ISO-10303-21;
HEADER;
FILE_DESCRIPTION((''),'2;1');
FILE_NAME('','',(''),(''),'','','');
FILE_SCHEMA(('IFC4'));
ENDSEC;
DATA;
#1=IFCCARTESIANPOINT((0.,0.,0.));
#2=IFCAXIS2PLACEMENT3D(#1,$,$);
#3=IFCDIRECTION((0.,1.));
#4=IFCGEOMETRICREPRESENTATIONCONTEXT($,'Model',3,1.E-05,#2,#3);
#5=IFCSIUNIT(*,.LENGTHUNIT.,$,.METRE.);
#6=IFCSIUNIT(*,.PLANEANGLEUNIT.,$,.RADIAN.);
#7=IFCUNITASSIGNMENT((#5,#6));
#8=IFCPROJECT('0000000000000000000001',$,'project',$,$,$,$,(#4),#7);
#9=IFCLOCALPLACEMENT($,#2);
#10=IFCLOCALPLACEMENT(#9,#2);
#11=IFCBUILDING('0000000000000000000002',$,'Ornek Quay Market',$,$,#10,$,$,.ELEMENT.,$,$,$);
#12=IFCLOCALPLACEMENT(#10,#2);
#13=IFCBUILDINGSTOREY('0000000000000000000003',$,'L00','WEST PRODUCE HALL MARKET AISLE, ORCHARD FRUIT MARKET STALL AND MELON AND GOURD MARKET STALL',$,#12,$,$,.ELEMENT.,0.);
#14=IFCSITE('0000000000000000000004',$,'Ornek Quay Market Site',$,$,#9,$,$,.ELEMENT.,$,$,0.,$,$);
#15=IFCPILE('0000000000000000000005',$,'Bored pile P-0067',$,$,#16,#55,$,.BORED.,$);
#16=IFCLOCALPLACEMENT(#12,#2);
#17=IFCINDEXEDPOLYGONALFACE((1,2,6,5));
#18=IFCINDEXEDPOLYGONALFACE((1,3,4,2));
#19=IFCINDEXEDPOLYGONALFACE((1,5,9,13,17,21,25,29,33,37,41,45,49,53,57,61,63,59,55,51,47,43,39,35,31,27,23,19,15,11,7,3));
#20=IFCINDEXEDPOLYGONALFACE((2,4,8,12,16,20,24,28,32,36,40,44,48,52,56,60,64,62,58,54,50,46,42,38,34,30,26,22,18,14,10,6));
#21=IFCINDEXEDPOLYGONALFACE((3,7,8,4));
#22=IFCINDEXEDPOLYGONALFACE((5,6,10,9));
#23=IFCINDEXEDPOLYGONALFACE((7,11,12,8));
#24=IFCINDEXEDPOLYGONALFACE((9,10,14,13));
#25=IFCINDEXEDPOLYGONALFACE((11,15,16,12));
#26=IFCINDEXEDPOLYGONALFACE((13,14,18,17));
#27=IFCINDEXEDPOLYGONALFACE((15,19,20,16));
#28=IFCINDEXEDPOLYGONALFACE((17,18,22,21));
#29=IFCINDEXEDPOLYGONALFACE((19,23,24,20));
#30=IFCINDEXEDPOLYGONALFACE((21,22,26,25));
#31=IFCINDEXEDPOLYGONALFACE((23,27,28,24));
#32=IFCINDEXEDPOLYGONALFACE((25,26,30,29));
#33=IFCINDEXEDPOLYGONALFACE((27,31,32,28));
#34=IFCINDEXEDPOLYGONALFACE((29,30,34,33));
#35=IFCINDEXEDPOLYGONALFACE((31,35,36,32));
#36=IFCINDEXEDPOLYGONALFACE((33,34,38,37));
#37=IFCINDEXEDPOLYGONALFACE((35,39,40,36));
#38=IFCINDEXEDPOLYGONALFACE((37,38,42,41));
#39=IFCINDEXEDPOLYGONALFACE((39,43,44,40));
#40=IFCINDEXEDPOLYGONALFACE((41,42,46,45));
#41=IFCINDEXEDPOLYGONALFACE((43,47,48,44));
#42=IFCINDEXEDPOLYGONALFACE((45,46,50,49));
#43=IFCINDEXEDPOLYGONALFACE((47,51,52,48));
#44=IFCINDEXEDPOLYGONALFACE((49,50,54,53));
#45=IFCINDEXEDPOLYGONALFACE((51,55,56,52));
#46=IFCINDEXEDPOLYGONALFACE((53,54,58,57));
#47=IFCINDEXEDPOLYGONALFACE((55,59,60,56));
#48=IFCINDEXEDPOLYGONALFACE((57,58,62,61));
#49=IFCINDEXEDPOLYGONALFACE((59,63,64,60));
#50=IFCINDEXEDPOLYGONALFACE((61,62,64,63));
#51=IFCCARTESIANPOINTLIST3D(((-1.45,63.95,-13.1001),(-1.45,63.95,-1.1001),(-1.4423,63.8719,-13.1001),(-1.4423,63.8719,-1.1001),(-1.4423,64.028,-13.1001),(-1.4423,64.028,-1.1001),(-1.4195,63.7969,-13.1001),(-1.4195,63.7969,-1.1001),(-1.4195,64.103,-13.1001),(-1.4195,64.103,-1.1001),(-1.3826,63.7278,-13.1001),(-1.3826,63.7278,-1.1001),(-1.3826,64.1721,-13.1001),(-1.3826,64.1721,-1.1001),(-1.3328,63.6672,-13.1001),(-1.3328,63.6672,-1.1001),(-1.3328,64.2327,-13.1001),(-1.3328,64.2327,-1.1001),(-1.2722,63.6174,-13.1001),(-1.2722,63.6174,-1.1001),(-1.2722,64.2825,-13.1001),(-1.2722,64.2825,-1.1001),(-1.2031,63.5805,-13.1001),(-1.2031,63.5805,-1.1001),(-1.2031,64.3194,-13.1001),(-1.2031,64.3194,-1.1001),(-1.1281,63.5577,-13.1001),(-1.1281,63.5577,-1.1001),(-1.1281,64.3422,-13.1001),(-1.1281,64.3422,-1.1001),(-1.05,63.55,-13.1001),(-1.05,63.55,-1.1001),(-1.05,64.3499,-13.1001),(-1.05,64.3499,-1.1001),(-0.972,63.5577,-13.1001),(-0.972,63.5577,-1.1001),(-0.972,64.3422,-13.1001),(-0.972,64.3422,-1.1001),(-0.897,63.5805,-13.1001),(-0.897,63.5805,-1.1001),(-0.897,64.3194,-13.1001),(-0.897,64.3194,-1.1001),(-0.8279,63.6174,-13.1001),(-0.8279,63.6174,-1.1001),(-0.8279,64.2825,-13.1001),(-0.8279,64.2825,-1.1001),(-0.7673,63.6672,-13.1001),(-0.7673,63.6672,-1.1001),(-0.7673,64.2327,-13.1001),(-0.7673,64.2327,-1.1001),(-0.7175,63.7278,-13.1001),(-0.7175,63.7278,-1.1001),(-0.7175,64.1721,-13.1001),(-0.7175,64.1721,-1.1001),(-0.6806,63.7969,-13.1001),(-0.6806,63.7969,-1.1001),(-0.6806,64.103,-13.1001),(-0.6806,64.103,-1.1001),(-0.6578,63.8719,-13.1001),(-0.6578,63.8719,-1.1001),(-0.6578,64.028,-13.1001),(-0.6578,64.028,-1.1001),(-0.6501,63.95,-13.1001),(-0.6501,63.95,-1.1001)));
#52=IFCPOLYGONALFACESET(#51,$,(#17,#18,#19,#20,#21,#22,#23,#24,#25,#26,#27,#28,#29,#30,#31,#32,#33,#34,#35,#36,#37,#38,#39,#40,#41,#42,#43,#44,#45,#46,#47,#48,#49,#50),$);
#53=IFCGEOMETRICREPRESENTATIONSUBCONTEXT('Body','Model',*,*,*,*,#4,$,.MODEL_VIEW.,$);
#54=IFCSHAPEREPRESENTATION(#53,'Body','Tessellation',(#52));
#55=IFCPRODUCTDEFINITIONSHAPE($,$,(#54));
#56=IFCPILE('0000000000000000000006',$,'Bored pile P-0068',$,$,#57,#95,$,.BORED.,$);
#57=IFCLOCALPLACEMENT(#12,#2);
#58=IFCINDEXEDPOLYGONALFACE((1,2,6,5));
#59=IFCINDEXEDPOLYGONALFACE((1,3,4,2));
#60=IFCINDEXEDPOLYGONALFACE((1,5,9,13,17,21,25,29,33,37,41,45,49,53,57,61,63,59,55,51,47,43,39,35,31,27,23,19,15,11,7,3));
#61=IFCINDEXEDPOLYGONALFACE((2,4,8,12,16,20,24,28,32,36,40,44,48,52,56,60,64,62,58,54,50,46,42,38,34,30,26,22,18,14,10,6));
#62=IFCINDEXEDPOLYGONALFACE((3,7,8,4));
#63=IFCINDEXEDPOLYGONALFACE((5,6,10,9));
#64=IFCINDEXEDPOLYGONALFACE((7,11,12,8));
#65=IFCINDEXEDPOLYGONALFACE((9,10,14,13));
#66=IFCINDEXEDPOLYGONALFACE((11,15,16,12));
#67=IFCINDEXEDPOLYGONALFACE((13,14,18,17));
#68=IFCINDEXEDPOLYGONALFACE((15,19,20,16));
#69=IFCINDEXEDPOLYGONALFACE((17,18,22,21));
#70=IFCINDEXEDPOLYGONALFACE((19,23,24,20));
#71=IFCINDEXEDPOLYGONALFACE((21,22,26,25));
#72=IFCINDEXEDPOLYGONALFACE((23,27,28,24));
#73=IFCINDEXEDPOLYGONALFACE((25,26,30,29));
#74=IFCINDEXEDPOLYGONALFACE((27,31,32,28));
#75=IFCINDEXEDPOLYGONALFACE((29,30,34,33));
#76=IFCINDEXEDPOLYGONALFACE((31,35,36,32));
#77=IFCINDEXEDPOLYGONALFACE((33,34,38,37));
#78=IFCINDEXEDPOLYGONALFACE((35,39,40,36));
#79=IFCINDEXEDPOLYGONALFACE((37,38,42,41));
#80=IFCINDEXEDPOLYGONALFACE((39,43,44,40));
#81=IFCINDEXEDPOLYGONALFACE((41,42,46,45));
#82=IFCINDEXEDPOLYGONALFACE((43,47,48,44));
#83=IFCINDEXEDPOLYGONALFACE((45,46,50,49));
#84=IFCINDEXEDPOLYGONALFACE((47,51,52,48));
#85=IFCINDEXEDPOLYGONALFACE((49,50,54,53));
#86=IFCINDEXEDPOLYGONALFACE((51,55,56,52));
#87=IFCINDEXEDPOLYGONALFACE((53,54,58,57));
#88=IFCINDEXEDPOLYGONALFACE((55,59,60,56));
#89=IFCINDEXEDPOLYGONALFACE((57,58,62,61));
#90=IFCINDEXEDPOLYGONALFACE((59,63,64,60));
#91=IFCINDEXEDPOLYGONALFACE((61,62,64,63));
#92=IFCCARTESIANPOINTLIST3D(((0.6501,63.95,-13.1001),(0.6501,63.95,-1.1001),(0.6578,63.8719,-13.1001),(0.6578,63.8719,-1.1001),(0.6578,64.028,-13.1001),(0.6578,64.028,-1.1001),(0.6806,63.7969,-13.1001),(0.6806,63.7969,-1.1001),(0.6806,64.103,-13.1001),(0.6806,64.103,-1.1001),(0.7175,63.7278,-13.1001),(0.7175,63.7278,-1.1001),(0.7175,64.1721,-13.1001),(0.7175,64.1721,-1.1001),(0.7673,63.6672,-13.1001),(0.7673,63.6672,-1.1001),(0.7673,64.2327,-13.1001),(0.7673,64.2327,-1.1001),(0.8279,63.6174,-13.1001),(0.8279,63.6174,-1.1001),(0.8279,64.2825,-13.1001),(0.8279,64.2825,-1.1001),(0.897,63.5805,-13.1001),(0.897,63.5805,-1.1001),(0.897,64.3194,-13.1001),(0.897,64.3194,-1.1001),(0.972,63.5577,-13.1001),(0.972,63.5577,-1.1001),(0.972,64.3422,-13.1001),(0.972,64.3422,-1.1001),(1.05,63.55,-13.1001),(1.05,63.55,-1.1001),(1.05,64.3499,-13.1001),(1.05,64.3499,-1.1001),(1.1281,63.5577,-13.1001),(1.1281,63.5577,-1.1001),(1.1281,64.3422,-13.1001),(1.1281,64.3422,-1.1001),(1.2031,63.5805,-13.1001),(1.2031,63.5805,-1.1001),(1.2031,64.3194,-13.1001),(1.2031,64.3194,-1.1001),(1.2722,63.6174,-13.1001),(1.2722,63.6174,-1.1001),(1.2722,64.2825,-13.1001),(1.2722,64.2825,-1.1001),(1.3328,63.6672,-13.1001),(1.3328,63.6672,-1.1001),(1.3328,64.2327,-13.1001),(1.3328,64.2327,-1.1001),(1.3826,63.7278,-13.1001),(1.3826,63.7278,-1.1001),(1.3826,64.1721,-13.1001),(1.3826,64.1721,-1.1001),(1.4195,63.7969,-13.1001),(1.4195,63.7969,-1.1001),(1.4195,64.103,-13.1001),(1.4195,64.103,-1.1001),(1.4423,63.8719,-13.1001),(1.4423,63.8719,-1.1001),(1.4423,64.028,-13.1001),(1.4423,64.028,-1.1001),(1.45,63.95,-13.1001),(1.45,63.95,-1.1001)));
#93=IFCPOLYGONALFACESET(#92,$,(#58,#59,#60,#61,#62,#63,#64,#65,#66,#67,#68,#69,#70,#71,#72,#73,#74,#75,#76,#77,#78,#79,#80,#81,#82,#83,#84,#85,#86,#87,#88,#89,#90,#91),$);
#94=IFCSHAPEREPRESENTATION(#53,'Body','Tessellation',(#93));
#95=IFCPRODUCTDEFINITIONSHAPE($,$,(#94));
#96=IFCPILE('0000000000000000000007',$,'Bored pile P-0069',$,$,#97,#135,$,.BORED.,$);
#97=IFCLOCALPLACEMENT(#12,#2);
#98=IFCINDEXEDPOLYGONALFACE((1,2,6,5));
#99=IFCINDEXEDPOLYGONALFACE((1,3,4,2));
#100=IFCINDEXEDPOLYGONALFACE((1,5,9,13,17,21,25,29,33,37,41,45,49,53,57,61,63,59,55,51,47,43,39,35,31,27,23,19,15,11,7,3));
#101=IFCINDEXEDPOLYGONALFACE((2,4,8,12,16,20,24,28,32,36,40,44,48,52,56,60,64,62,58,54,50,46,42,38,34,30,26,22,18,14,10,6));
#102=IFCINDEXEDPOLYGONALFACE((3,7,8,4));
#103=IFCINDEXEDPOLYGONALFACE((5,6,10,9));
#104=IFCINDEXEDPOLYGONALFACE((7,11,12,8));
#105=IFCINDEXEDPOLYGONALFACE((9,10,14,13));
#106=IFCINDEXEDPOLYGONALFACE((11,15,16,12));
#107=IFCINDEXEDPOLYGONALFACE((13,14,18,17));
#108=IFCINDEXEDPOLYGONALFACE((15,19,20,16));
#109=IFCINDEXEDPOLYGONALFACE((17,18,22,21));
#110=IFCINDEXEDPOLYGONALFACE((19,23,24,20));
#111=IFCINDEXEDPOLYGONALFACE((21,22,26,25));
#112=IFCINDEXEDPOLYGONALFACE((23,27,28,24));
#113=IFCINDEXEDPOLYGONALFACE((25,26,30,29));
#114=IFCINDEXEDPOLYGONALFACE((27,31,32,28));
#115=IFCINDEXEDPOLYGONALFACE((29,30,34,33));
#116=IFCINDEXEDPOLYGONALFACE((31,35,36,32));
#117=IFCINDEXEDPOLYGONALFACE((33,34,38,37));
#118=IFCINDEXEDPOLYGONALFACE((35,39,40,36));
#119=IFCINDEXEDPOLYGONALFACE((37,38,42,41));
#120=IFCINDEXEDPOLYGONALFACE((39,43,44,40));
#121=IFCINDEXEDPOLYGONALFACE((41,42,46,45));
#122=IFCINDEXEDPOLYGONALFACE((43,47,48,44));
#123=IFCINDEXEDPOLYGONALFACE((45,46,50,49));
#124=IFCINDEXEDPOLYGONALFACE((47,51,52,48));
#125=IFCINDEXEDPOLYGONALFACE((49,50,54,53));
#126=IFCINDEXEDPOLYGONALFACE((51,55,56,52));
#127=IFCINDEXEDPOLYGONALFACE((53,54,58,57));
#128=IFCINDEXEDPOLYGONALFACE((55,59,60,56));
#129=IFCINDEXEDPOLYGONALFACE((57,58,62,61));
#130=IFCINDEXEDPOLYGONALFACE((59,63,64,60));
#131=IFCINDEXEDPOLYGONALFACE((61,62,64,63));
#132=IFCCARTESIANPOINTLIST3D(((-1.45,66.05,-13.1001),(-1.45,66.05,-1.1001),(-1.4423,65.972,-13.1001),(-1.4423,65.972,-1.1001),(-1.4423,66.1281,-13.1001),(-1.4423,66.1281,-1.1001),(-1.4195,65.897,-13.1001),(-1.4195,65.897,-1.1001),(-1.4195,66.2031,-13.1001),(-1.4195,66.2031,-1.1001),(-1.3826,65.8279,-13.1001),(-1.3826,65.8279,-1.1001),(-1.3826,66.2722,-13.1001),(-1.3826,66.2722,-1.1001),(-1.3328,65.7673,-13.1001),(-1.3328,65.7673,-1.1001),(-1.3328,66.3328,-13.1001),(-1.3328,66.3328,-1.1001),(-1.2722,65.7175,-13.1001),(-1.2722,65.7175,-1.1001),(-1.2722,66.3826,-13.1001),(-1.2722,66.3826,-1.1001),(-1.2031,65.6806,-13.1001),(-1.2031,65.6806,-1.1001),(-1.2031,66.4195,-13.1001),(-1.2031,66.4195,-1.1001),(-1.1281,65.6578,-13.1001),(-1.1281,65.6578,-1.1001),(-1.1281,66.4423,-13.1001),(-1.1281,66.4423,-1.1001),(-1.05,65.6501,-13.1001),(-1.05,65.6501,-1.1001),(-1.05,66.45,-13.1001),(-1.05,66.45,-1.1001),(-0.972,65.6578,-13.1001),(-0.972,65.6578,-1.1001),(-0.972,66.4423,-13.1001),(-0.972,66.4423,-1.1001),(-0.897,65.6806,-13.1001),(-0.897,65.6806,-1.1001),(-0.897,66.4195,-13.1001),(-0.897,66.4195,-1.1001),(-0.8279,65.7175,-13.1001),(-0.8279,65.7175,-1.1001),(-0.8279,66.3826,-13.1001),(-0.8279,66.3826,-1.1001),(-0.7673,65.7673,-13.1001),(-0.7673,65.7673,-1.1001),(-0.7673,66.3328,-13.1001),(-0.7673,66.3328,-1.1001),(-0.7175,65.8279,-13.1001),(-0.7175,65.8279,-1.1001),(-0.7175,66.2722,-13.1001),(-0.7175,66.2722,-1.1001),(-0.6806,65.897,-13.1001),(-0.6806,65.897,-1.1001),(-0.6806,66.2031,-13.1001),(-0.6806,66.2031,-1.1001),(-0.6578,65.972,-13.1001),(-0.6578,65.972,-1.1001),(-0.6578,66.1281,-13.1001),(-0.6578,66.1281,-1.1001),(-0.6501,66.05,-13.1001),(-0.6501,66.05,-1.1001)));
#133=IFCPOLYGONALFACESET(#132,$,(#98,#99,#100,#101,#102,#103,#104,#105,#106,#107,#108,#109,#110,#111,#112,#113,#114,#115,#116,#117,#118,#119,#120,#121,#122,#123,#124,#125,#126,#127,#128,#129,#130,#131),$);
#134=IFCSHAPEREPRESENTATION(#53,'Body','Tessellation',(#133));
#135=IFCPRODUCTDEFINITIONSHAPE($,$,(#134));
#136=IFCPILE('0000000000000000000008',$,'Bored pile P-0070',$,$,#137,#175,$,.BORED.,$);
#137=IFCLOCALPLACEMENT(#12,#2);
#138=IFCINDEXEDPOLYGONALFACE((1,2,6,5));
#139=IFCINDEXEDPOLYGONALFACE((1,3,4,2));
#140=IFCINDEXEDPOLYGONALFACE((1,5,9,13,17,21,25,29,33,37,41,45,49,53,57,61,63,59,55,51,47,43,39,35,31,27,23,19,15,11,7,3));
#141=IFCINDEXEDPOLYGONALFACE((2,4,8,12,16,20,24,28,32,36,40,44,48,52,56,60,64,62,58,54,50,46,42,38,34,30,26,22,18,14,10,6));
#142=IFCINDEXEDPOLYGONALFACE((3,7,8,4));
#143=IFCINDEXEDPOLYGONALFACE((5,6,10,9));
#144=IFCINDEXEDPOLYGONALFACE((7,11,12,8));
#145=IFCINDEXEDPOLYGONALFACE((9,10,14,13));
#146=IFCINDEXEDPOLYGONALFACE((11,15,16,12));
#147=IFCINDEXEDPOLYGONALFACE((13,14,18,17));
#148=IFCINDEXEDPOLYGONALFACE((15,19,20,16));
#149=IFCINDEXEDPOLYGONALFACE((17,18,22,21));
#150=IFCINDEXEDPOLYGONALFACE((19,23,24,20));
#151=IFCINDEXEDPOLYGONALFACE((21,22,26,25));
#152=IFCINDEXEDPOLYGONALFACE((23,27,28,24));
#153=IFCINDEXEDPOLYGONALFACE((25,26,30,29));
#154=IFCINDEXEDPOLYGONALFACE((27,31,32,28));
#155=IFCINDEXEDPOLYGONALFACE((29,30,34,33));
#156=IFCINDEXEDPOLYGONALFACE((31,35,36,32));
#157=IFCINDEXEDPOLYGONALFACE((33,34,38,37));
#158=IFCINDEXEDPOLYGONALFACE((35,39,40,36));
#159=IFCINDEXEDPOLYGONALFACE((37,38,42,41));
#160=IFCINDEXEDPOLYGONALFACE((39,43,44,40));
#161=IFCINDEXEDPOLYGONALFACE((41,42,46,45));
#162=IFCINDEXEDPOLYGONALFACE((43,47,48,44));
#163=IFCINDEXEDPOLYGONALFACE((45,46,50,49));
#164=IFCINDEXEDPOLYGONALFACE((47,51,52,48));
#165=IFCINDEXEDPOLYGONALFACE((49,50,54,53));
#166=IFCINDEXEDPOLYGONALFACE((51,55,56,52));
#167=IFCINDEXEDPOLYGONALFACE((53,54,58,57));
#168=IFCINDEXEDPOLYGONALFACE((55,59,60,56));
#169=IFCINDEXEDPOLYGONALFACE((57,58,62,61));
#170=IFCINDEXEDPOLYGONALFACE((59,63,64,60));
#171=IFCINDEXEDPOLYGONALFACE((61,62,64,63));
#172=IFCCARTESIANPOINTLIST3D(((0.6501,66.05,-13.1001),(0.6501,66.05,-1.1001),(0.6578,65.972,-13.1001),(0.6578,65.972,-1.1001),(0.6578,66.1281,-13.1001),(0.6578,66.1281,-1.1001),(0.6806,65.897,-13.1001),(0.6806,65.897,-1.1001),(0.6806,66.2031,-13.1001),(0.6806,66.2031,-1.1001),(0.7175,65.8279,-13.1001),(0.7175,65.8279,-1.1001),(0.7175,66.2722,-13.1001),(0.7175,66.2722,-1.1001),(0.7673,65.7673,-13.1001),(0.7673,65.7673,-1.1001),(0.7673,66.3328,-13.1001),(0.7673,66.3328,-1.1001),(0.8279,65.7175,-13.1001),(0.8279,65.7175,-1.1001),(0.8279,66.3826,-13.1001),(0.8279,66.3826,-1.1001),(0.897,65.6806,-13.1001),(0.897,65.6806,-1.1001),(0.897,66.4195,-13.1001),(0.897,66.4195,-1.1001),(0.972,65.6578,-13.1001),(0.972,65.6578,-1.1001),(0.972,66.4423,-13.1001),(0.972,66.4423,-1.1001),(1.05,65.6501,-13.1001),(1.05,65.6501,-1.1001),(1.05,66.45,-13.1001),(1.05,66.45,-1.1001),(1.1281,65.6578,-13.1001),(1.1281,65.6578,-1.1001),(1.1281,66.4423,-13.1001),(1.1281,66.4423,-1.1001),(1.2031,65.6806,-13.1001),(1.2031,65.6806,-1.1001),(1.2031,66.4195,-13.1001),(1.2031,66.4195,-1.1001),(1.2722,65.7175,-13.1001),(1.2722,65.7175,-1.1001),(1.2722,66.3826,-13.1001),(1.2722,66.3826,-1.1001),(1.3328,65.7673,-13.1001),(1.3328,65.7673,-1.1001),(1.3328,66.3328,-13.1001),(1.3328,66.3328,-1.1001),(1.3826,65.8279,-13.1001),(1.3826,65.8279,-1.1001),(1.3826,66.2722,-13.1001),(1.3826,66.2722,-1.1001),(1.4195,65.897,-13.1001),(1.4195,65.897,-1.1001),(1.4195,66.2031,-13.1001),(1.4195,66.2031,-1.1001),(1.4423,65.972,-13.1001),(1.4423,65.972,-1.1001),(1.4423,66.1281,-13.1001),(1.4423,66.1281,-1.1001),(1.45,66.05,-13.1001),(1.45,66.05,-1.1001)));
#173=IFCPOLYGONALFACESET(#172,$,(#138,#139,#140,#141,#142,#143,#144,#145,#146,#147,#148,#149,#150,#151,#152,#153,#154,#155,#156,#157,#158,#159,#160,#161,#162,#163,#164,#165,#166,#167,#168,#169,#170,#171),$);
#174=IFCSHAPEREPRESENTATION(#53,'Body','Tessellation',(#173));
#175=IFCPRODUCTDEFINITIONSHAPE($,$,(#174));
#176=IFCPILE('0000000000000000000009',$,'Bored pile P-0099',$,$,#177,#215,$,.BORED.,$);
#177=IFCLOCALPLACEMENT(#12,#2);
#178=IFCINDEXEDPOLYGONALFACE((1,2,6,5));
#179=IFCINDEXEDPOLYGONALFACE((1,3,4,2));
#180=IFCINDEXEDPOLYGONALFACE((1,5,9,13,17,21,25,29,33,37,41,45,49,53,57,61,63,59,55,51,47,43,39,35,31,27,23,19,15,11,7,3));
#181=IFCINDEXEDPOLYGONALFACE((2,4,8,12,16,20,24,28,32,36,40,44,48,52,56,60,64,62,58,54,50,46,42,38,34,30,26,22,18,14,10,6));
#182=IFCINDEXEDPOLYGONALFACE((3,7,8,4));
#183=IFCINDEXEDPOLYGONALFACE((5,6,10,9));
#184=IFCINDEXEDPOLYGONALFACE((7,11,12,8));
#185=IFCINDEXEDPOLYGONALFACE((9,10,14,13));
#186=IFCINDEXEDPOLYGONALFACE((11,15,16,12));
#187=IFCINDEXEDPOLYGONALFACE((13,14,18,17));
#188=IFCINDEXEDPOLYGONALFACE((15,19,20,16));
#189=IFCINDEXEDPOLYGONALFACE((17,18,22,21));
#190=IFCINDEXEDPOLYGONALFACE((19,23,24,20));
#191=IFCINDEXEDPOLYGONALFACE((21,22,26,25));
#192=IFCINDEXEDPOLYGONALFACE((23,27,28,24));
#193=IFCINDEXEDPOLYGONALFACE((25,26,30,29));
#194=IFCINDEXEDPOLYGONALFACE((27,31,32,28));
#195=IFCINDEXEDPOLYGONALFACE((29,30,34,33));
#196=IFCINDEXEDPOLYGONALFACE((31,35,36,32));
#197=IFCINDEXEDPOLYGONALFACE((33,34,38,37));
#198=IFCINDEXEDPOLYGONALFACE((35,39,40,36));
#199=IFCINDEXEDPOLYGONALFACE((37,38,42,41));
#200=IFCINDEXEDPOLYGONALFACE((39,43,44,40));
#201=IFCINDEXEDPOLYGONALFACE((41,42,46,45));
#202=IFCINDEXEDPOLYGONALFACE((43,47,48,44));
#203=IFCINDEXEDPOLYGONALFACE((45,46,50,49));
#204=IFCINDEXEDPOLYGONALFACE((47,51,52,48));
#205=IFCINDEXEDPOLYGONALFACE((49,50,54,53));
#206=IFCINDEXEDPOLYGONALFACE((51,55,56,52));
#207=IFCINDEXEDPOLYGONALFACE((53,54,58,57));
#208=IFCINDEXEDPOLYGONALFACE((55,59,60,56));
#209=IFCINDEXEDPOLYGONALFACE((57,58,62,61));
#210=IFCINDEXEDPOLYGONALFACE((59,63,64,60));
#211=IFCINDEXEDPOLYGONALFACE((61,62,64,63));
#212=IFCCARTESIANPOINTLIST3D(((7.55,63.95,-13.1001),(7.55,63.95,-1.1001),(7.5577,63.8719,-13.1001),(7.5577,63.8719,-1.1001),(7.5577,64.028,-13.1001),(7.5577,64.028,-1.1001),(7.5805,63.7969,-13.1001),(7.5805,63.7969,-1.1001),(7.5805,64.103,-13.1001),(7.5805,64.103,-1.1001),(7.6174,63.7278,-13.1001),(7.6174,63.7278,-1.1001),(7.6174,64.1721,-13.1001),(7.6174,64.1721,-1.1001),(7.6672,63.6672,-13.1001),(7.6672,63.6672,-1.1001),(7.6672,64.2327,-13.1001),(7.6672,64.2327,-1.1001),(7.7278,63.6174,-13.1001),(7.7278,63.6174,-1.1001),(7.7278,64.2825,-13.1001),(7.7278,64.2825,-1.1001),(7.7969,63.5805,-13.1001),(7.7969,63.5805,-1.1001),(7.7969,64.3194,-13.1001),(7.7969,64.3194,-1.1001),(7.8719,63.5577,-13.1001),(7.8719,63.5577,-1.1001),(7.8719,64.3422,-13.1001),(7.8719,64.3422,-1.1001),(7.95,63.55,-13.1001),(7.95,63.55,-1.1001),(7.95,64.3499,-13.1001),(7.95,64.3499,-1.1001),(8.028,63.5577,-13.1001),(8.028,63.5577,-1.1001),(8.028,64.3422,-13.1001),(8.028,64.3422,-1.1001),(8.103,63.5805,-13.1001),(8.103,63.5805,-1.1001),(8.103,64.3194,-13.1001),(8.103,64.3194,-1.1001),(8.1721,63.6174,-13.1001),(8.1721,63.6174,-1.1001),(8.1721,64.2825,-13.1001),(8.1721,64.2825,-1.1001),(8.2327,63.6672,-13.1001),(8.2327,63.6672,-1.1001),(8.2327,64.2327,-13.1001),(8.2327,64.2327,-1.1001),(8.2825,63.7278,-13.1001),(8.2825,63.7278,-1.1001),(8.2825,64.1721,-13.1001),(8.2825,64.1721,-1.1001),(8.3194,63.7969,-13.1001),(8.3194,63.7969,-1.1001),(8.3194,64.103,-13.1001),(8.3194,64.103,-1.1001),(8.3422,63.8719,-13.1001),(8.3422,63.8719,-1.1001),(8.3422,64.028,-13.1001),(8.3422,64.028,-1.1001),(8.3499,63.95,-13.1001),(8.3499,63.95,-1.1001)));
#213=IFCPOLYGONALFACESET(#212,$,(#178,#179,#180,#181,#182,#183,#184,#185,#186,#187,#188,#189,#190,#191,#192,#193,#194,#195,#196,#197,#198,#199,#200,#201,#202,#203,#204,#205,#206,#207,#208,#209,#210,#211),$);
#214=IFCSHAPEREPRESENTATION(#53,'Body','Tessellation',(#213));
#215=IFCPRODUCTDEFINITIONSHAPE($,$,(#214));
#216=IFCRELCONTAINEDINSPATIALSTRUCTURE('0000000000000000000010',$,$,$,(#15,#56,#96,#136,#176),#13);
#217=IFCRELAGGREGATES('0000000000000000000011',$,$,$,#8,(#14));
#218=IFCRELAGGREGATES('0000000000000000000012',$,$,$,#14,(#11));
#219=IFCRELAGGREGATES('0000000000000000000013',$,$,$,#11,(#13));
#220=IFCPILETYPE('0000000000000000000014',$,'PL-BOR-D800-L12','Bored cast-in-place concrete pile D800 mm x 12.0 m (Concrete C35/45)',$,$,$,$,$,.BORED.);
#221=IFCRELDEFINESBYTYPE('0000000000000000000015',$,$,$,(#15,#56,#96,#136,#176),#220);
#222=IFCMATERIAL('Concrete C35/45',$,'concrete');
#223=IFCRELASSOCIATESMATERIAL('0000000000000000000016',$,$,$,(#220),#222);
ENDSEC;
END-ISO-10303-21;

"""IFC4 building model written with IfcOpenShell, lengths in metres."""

from ifc_helpers import new_model, si_unit, direction, frame, origin, origin_2d, place, context, subcontext, project, spatial, circle, extrude, material, material_profile, profile_set, type_object, element, save


model = new_model("IFC4")

# Units and contexts
model_context = context("Model", 3, precision=1e-05, world=origin(), true_north=direction((0.0, 1.0)))
body_context = subcontext(model_context, "Body", "Model", "MODEL_VIEW")
ifc_project = project(units=[si_unit("LENGTHUNIT", "METRE"), si_unit("PLANEANGLEUNIT", "RADIAN")], contexts=[model_context])

# Site, building, storey
site_placement = place(None, origin())
site = spatial("IfcSite", under=ifc_project, at=site_placement, Name="Ornek Quay Market Site", CompositionType="ELEMENT", RefElevation=0.0)
building_placement = place(site_placement, origin())
building = spatial("IfcBuilding", under=site, at=building_placement, Name="Ornek Quay Market", CompositionType="ELEMENT")
storey_placement = place(building_placement, origin())
storey = spatial("IfcBuildingStorey", under=building, at=storey_placement, Name="L00", Description="WEST PRODUCE HALL MARKET AISLE, ORCHARD FRUIT MARKET STALL AND MELON AND GOURD MARKET STALL", CompositionType="ELEMENT", Elevation=0.0)

# Piles
ifc_material_1 = material(Name="Concrete C35/45", Category="concrete")
ifc_material_profile_1 = material_profile(ifc_material_1, circle(Radius=0.3999, at=origin_2d()), Name="PILE D800", Category="concrete")
ifc_profile_set_1 = profile_set([ifc_material_profile_1], Name="Concrete C35/45")
pile_type = type_object("IfcPileType", Name="PL-BOR-D800-L12", Description="Bored cast-in-place concrete pile D800 mm x 12.0 m (Concrete C35/45)", PredefinedType="BORED", material=ifc_profile_set_1)
for number, where, z_axis, x_axis, name in (
    (1, (-1.05, 63.95, -1.1001), (0.0, 0.0, -1.0), (1.0, 0.0, 0.0), "Bored pile P-0067"),
    (2, (1.05, 63.95, -1.1001), (0.0, 0.0, -1.0), (1.0, 0.0, 0.0), "Bored pile P-0068"),
    (3, (-1.05, 66.05, -1.1001), (0.0, 0.0, -1.0), (1.0, 0.0, 0.0), "Bored pile P-0069"),
    (4, (1.05, 66.05, -1.1001), (0.0, 0.0, -1.0), (1.0, 0.0, 0.0), "Bored pile P-0070"),
    (5, (7.95, 63.95, -1.1001), (0.0, 0.0, -1.0), (1.0, 0.0, 0.0), "Bored pile P-0099"),
):
    element("IfcPile", number, at=place(storey_placement, frame(where, z_axis=z_axis, x_axis=x_axis)), inside=storey, type_object=pile_type, Name=name, PredefinedType="BORED", context=body_context, shape_type="SweptSolid", body=[
        extrude(circle(Radius=0.3999, at=origin_2d()), origin(), (0.0, 0.0, 1.0), 12.0),
    ])

save(model, "model.ifc")
